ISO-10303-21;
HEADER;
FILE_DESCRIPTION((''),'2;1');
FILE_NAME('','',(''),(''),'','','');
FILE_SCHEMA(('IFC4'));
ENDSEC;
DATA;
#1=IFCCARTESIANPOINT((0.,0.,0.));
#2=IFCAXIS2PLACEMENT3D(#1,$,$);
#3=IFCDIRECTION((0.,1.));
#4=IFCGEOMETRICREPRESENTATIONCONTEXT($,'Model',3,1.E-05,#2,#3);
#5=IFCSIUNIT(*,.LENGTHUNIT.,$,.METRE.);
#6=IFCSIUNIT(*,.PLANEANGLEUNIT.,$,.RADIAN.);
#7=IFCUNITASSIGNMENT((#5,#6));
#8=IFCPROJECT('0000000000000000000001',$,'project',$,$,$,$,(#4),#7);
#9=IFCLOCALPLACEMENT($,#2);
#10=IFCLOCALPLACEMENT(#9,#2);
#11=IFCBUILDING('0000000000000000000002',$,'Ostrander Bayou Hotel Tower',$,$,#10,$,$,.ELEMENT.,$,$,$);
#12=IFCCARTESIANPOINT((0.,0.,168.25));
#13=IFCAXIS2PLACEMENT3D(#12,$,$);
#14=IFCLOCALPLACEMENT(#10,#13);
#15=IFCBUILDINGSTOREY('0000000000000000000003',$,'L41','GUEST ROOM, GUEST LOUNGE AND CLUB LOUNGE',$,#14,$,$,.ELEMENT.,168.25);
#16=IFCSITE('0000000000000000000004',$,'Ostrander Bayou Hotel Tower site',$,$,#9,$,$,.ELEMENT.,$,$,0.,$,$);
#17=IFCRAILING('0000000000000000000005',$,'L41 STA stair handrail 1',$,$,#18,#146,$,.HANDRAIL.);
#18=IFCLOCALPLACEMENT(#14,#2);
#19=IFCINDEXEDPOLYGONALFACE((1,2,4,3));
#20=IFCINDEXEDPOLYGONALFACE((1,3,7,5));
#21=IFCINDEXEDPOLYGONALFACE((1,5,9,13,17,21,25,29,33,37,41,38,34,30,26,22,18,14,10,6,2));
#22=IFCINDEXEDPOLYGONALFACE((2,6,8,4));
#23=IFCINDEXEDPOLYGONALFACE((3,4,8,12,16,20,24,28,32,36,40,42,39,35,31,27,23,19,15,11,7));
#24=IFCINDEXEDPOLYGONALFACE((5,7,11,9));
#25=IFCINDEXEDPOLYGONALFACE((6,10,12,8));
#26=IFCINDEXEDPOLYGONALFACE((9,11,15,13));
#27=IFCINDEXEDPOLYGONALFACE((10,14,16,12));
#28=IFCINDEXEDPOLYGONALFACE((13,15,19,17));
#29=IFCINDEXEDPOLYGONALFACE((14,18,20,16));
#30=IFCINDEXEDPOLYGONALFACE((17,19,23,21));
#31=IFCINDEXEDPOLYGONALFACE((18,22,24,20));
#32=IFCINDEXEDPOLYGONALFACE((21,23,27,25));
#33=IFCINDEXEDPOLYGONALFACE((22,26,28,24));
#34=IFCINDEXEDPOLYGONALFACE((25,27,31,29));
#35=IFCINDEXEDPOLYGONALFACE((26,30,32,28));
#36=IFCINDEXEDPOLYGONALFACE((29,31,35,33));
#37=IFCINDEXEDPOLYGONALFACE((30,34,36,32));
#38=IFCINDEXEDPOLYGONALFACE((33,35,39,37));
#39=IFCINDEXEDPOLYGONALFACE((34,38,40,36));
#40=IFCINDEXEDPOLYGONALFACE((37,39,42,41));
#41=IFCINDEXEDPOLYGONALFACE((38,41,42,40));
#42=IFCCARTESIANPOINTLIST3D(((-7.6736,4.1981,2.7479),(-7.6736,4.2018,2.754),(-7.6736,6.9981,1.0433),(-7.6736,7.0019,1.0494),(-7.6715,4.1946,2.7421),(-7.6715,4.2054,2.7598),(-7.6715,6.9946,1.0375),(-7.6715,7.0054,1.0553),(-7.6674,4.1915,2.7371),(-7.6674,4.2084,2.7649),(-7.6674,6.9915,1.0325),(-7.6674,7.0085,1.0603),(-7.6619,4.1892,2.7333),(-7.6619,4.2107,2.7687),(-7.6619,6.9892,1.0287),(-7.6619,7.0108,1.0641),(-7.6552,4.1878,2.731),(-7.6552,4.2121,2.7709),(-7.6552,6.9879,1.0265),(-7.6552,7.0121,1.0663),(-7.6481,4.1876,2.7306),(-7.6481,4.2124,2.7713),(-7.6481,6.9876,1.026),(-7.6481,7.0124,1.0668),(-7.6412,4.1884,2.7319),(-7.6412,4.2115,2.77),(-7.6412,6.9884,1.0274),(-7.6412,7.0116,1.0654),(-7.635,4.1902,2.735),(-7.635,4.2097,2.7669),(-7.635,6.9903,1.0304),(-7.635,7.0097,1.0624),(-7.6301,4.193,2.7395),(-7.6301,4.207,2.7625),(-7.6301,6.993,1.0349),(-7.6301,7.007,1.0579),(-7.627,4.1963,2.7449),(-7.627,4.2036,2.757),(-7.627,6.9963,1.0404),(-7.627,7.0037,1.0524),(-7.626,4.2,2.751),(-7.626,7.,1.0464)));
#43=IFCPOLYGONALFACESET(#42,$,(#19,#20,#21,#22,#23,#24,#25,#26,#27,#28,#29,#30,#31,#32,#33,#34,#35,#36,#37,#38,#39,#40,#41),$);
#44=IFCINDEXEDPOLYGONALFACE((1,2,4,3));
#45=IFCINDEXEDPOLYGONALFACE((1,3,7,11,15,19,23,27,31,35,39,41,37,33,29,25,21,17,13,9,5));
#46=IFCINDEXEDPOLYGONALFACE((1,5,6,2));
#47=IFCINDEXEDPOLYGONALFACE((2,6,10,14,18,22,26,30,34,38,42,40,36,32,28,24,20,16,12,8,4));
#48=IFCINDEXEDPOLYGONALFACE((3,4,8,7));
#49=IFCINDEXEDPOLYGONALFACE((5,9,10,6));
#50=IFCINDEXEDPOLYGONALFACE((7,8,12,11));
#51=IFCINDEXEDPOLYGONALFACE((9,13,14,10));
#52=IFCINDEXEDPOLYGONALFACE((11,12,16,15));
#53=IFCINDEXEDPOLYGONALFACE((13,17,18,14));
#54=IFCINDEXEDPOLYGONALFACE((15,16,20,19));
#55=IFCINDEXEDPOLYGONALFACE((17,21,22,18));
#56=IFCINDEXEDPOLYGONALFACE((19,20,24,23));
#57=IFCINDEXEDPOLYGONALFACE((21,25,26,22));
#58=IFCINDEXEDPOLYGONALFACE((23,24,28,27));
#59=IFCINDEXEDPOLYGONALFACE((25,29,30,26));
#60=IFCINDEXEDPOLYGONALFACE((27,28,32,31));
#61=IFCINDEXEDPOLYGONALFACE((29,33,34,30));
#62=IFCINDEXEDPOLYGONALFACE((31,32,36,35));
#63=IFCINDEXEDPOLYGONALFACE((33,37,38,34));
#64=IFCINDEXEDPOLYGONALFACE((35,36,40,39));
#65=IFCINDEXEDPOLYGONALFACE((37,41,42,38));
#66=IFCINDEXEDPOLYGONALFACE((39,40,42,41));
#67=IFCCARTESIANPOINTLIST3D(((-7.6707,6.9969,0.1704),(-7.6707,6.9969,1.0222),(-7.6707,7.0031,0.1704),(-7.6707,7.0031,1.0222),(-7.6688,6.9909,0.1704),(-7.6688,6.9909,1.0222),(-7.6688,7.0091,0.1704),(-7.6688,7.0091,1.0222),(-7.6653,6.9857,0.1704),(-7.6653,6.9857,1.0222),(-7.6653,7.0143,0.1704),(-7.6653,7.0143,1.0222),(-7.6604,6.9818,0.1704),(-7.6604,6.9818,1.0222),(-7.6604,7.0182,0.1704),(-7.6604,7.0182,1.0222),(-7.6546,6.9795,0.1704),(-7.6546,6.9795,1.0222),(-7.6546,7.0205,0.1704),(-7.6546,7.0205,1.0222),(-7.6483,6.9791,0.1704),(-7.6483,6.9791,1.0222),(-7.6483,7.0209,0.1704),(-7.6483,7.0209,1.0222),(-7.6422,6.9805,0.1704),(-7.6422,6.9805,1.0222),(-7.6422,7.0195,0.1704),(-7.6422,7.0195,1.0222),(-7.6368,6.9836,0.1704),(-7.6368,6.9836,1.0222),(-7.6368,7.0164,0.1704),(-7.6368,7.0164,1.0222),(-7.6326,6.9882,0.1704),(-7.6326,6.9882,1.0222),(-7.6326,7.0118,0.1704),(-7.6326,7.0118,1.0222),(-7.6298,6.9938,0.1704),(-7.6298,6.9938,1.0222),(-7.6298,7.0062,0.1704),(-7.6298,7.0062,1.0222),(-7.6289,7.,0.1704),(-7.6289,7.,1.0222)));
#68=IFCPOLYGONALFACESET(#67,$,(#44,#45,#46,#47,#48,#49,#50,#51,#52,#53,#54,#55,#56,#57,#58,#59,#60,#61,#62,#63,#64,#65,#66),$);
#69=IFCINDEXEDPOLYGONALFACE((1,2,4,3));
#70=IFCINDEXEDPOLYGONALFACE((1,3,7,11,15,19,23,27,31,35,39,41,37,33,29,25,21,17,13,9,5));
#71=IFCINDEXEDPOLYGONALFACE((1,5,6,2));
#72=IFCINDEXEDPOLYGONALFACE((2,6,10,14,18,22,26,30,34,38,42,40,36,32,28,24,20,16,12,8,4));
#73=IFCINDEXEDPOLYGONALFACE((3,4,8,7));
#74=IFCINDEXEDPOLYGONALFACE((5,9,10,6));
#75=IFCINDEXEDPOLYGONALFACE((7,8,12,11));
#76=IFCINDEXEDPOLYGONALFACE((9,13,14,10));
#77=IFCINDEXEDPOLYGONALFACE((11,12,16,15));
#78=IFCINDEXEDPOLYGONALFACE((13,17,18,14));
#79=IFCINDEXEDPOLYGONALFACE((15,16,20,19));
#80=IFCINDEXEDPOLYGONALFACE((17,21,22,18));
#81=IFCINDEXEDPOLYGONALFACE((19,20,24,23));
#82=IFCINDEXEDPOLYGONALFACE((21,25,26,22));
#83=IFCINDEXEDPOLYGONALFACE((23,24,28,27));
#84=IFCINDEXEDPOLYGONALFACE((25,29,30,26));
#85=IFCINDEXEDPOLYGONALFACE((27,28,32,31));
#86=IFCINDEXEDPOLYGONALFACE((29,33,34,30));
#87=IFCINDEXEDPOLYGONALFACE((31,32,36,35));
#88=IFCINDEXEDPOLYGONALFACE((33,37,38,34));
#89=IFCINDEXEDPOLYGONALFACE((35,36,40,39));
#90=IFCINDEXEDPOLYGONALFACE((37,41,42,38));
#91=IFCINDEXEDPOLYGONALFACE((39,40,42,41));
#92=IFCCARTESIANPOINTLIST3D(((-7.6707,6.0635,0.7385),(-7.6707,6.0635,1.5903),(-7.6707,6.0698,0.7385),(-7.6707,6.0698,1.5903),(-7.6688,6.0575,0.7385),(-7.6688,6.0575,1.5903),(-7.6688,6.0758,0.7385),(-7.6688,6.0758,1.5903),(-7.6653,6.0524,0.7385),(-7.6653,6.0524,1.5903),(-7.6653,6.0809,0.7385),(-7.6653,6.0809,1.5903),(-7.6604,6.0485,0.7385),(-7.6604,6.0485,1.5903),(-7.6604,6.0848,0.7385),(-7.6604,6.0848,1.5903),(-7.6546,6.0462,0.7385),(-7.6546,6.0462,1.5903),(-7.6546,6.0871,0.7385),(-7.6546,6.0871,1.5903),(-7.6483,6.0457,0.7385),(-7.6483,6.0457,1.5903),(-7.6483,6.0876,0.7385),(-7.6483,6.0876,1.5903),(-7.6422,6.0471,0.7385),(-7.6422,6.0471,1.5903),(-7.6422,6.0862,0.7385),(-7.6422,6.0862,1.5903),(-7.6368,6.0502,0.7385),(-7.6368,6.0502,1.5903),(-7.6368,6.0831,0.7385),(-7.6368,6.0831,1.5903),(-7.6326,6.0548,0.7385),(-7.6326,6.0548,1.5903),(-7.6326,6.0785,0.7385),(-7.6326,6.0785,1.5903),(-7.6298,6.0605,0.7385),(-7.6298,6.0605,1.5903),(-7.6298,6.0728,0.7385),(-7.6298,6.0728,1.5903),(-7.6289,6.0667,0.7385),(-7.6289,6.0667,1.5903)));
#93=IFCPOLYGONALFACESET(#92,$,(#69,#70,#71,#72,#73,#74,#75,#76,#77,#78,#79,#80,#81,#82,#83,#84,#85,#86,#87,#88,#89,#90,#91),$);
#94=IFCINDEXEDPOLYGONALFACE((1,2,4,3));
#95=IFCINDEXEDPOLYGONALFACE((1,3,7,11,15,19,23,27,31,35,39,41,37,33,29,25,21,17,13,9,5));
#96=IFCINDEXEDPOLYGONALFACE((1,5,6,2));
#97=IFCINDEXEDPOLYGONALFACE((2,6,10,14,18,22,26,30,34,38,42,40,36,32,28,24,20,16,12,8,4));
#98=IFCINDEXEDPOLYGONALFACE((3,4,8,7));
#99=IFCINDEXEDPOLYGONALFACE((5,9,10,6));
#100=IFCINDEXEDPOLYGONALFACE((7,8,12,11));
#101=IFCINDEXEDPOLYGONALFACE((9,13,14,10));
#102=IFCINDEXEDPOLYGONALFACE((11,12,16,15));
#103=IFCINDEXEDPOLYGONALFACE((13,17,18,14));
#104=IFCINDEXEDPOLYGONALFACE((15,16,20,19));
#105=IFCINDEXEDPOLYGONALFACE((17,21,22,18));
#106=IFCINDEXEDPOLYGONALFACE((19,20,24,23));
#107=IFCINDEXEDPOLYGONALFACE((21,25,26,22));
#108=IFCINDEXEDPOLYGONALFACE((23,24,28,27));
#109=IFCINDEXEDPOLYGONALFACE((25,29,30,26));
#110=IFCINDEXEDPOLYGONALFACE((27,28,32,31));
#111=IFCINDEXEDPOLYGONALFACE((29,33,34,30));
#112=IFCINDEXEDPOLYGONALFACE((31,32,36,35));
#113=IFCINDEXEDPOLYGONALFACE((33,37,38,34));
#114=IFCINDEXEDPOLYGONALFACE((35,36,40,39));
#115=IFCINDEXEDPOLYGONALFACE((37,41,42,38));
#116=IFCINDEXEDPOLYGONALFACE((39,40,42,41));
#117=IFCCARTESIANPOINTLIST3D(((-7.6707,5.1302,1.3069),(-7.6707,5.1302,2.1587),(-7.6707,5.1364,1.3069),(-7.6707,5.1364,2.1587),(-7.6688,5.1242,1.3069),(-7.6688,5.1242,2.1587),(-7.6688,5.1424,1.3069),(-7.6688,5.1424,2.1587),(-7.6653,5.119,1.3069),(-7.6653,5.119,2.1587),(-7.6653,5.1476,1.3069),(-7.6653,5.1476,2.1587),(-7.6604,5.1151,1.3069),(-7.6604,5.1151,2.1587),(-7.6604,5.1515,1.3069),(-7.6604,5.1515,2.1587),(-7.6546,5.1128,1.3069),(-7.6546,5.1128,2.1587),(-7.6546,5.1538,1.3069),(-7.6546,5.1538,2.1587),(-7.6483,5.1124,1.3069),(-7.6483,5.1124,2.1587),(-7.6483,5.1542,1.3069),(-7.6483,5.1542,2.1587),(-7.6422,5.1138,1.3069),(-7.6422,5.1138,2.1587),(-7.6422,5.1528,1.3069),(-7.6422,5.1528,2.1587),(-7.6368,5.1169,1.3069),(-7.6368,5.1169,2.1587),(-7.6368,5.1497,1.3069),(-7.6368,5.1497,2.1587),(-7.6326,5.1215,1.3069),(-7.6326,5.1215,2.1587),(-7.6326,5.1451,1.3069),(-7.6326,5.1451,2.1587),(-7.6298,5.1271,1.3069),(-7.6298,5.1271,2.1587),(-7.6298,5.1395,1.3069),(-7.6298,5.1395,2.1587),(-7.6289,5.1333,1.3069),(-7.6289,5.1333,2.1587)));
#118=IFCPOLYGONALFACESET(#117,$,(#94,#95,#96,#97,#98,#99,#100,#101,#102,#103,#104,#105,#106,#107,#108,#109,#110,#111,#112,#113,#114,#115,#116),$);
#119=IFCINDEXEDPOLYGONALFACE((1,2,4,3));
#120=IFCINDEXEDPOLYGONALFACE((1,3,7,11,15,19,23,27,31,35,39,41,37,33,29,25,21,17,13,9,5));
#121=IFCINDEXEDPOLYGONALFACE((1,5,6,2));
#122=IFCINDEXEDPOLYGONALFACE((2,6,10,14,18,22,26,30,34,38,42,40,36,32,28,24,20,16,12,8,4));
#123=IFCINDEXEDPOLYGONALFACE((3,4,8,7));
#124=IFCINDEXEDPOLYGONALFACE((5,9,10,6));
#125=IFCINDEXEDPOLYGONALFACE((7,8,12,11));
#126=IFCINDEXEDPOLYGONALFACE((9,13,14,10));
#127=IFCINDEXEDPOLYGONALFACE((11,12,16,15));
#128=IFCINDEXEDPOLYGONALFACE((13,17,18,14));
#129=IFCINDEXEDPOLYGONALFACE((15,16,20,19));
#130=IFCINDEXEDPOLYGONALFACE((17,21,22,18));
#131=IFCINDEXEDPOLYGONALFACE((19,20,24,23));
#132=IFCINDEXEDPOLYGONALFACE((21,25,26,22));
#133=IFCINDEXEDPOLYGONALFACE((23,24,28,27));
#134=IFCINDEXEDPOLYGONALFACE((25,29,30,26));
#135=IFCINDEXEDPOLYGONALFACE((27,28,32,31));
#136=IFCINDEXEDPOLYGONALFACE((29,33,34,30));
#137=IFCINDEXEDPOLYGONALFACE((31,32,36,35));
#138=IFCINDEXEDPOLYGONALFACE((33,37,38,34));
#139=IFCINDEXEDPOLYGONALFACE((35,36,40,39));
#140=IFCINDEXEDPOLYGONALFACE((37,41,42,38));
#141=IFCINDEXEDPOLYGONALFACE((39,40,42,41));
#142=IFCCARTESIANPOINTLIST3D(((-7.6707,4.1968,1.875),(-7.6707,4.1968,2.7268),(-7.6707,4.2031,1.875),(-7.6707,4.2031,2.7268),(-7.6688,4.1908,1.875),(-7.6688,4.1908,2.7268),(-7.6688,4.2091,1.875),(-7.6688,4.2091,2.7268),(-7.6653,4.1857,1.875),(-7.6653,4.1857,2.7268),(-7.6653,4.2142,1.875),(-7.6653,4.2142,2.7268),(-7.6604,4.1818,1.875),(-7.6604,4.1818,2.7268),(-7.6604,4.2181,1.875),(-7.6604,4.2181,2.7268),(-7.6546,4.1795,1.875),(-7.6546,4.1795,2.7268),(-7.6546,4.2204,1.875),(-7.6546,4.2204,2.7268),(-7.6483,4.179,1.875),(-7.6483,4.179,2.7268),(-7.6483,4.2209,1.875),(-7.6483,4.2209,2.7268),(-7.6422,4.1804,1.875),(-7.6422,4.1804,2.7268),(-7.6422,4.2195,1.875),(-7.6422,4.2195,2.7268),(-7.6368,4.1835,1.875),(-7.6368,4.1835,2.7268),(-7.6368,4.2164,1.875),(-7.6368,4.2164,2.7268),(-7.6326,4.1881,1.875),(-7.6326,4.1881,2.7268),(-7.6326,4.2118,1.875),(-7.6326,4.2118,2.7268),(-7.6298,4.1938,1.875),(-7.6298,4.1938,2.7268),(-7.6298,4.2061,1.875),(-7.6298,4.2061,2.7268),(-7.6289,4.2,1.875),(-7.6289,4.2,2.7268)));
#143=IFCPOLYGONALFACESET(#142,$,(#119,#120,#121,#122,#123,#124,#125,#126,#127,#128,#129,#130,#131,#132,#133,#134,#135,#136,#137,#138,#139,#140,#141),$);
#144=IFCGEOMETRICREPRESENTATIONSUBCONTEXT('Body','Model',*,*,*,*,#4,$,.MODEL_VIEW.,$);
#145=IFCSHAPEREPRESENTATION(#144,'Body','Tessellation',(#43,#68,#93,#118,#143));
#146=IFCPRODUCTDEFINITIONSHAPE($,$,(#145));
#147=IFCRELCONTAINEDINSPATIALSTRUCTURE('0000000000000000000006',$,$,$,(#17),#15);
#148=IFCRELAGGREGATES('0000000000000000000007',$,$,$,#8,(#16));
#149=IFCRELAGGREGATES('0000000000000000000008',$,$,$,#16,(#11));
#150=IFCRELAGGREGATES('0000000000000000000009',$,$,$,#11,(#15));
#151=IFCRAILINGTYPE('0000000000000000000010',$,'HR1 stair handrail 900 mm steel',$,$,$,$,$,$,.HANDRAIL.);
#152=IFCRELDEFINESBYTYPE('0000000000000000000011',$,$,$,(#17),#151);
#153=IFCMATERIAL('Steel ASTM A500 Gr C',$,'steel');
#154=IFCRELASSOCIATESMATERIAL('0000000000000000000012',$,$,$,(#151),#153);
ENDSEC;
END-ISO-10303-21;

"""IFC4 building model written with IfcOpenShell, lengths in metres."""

from ifc_helpers import new_model, si_unit, direction, frame, origin, origin_2d, place, context, subcontext, project, spatial, circle, extrude, material, type_object, element, save


model = new_model("IFC4")

# Units and contexts
model_context = context("Model", 3, precision=1e-05, world=origin(), true_north=direction((0.0, 1.0)))
body_context = subcontext(model_context, "Body", "Model", "MODEL_VIEW")
ifc_project = project(units=[si_unit("LENGTHUNIT", "METRE"), si_unit("PLANEANGLEUNIT", "RADIAN")], contexts=[model_context])

# Site, building, storey
site_placement = place(None, origin())
site = spatial("IfcSite", under=ifc_project, at=site_placement, Name="Ostrander Bayou Hotel Tower site", CompositionType="ELEMENT", RefElevation=0.0)
building_placement = place(site_placement, origin())
building = spatial("IfcBuilding", under=site, at=building_placement, Name="Ostrander Bayou Hotel Tower", CompositionType="ELEMENT")
storey_placement = place(building_placement, frame((0.0, 0.0, 168.25)))
storey = spatial("IfcBuildingStorey", under=building, at=storey_placement, Name="L41", Description="GUEST ROOM, GUEST LOUNGE AND CLUB LOUNGE", CompositionType="ELEMENT", Elevation=168.25)

# Railing
ifc_material_1 = material(Name="Steel ASTM A500 Gr C", Category="steel")
railing_type_1 = type_object("IfcRailingType", Name="HR1 stair handrail 900 mm steel", PredefinedType="HANDRAIL", material=ifc_material_1)
railing_1_placement = place(storey_placement, frame((-7.6499, 7.0, 0.1704)))
element("IfcRailing", 1, at=railing_1_placement, inside=storey, type_object=railing_type_1, Name="L41 STA stair handrail 1", PredefinedType="HANDRAIL", context=body_context, shape_type="SweptSolid", body=[
    extrude(circle(Radius=0.0239, at=origin_2d()), frame((0.0, 0.0, 0.876), z_axis=(0.0, -0.85417, 0.519994), x_axis=(1.0, 0.0, 0.0)), (0.0, 0.0, 1.0), 3.2781),
    extrude(circle(Radius=0.021, at=origin_2d()), origin(), (0.0, 0.0, 1.0), 0.8518),
    extrude(circle(Radius=0.021, at=origin_2d()), frame((0.0, -0.9333, 0.5681)), (0.0, 0.0, 1.0), 0.8518),
    extrude(circle(Radius=0.021, at=origin_2d()), frame((0.0, -1.8667, 1.1365)), (0.0, 0.0, 1.0), 0.8518),
    extrude(circle(Radius=0.021, at=origin_2d()), frame((0.0, -2.8, 1.7046)), (0.0, 0.0, 1.0), 0.8518),
])

save(model, "model.ifc")
